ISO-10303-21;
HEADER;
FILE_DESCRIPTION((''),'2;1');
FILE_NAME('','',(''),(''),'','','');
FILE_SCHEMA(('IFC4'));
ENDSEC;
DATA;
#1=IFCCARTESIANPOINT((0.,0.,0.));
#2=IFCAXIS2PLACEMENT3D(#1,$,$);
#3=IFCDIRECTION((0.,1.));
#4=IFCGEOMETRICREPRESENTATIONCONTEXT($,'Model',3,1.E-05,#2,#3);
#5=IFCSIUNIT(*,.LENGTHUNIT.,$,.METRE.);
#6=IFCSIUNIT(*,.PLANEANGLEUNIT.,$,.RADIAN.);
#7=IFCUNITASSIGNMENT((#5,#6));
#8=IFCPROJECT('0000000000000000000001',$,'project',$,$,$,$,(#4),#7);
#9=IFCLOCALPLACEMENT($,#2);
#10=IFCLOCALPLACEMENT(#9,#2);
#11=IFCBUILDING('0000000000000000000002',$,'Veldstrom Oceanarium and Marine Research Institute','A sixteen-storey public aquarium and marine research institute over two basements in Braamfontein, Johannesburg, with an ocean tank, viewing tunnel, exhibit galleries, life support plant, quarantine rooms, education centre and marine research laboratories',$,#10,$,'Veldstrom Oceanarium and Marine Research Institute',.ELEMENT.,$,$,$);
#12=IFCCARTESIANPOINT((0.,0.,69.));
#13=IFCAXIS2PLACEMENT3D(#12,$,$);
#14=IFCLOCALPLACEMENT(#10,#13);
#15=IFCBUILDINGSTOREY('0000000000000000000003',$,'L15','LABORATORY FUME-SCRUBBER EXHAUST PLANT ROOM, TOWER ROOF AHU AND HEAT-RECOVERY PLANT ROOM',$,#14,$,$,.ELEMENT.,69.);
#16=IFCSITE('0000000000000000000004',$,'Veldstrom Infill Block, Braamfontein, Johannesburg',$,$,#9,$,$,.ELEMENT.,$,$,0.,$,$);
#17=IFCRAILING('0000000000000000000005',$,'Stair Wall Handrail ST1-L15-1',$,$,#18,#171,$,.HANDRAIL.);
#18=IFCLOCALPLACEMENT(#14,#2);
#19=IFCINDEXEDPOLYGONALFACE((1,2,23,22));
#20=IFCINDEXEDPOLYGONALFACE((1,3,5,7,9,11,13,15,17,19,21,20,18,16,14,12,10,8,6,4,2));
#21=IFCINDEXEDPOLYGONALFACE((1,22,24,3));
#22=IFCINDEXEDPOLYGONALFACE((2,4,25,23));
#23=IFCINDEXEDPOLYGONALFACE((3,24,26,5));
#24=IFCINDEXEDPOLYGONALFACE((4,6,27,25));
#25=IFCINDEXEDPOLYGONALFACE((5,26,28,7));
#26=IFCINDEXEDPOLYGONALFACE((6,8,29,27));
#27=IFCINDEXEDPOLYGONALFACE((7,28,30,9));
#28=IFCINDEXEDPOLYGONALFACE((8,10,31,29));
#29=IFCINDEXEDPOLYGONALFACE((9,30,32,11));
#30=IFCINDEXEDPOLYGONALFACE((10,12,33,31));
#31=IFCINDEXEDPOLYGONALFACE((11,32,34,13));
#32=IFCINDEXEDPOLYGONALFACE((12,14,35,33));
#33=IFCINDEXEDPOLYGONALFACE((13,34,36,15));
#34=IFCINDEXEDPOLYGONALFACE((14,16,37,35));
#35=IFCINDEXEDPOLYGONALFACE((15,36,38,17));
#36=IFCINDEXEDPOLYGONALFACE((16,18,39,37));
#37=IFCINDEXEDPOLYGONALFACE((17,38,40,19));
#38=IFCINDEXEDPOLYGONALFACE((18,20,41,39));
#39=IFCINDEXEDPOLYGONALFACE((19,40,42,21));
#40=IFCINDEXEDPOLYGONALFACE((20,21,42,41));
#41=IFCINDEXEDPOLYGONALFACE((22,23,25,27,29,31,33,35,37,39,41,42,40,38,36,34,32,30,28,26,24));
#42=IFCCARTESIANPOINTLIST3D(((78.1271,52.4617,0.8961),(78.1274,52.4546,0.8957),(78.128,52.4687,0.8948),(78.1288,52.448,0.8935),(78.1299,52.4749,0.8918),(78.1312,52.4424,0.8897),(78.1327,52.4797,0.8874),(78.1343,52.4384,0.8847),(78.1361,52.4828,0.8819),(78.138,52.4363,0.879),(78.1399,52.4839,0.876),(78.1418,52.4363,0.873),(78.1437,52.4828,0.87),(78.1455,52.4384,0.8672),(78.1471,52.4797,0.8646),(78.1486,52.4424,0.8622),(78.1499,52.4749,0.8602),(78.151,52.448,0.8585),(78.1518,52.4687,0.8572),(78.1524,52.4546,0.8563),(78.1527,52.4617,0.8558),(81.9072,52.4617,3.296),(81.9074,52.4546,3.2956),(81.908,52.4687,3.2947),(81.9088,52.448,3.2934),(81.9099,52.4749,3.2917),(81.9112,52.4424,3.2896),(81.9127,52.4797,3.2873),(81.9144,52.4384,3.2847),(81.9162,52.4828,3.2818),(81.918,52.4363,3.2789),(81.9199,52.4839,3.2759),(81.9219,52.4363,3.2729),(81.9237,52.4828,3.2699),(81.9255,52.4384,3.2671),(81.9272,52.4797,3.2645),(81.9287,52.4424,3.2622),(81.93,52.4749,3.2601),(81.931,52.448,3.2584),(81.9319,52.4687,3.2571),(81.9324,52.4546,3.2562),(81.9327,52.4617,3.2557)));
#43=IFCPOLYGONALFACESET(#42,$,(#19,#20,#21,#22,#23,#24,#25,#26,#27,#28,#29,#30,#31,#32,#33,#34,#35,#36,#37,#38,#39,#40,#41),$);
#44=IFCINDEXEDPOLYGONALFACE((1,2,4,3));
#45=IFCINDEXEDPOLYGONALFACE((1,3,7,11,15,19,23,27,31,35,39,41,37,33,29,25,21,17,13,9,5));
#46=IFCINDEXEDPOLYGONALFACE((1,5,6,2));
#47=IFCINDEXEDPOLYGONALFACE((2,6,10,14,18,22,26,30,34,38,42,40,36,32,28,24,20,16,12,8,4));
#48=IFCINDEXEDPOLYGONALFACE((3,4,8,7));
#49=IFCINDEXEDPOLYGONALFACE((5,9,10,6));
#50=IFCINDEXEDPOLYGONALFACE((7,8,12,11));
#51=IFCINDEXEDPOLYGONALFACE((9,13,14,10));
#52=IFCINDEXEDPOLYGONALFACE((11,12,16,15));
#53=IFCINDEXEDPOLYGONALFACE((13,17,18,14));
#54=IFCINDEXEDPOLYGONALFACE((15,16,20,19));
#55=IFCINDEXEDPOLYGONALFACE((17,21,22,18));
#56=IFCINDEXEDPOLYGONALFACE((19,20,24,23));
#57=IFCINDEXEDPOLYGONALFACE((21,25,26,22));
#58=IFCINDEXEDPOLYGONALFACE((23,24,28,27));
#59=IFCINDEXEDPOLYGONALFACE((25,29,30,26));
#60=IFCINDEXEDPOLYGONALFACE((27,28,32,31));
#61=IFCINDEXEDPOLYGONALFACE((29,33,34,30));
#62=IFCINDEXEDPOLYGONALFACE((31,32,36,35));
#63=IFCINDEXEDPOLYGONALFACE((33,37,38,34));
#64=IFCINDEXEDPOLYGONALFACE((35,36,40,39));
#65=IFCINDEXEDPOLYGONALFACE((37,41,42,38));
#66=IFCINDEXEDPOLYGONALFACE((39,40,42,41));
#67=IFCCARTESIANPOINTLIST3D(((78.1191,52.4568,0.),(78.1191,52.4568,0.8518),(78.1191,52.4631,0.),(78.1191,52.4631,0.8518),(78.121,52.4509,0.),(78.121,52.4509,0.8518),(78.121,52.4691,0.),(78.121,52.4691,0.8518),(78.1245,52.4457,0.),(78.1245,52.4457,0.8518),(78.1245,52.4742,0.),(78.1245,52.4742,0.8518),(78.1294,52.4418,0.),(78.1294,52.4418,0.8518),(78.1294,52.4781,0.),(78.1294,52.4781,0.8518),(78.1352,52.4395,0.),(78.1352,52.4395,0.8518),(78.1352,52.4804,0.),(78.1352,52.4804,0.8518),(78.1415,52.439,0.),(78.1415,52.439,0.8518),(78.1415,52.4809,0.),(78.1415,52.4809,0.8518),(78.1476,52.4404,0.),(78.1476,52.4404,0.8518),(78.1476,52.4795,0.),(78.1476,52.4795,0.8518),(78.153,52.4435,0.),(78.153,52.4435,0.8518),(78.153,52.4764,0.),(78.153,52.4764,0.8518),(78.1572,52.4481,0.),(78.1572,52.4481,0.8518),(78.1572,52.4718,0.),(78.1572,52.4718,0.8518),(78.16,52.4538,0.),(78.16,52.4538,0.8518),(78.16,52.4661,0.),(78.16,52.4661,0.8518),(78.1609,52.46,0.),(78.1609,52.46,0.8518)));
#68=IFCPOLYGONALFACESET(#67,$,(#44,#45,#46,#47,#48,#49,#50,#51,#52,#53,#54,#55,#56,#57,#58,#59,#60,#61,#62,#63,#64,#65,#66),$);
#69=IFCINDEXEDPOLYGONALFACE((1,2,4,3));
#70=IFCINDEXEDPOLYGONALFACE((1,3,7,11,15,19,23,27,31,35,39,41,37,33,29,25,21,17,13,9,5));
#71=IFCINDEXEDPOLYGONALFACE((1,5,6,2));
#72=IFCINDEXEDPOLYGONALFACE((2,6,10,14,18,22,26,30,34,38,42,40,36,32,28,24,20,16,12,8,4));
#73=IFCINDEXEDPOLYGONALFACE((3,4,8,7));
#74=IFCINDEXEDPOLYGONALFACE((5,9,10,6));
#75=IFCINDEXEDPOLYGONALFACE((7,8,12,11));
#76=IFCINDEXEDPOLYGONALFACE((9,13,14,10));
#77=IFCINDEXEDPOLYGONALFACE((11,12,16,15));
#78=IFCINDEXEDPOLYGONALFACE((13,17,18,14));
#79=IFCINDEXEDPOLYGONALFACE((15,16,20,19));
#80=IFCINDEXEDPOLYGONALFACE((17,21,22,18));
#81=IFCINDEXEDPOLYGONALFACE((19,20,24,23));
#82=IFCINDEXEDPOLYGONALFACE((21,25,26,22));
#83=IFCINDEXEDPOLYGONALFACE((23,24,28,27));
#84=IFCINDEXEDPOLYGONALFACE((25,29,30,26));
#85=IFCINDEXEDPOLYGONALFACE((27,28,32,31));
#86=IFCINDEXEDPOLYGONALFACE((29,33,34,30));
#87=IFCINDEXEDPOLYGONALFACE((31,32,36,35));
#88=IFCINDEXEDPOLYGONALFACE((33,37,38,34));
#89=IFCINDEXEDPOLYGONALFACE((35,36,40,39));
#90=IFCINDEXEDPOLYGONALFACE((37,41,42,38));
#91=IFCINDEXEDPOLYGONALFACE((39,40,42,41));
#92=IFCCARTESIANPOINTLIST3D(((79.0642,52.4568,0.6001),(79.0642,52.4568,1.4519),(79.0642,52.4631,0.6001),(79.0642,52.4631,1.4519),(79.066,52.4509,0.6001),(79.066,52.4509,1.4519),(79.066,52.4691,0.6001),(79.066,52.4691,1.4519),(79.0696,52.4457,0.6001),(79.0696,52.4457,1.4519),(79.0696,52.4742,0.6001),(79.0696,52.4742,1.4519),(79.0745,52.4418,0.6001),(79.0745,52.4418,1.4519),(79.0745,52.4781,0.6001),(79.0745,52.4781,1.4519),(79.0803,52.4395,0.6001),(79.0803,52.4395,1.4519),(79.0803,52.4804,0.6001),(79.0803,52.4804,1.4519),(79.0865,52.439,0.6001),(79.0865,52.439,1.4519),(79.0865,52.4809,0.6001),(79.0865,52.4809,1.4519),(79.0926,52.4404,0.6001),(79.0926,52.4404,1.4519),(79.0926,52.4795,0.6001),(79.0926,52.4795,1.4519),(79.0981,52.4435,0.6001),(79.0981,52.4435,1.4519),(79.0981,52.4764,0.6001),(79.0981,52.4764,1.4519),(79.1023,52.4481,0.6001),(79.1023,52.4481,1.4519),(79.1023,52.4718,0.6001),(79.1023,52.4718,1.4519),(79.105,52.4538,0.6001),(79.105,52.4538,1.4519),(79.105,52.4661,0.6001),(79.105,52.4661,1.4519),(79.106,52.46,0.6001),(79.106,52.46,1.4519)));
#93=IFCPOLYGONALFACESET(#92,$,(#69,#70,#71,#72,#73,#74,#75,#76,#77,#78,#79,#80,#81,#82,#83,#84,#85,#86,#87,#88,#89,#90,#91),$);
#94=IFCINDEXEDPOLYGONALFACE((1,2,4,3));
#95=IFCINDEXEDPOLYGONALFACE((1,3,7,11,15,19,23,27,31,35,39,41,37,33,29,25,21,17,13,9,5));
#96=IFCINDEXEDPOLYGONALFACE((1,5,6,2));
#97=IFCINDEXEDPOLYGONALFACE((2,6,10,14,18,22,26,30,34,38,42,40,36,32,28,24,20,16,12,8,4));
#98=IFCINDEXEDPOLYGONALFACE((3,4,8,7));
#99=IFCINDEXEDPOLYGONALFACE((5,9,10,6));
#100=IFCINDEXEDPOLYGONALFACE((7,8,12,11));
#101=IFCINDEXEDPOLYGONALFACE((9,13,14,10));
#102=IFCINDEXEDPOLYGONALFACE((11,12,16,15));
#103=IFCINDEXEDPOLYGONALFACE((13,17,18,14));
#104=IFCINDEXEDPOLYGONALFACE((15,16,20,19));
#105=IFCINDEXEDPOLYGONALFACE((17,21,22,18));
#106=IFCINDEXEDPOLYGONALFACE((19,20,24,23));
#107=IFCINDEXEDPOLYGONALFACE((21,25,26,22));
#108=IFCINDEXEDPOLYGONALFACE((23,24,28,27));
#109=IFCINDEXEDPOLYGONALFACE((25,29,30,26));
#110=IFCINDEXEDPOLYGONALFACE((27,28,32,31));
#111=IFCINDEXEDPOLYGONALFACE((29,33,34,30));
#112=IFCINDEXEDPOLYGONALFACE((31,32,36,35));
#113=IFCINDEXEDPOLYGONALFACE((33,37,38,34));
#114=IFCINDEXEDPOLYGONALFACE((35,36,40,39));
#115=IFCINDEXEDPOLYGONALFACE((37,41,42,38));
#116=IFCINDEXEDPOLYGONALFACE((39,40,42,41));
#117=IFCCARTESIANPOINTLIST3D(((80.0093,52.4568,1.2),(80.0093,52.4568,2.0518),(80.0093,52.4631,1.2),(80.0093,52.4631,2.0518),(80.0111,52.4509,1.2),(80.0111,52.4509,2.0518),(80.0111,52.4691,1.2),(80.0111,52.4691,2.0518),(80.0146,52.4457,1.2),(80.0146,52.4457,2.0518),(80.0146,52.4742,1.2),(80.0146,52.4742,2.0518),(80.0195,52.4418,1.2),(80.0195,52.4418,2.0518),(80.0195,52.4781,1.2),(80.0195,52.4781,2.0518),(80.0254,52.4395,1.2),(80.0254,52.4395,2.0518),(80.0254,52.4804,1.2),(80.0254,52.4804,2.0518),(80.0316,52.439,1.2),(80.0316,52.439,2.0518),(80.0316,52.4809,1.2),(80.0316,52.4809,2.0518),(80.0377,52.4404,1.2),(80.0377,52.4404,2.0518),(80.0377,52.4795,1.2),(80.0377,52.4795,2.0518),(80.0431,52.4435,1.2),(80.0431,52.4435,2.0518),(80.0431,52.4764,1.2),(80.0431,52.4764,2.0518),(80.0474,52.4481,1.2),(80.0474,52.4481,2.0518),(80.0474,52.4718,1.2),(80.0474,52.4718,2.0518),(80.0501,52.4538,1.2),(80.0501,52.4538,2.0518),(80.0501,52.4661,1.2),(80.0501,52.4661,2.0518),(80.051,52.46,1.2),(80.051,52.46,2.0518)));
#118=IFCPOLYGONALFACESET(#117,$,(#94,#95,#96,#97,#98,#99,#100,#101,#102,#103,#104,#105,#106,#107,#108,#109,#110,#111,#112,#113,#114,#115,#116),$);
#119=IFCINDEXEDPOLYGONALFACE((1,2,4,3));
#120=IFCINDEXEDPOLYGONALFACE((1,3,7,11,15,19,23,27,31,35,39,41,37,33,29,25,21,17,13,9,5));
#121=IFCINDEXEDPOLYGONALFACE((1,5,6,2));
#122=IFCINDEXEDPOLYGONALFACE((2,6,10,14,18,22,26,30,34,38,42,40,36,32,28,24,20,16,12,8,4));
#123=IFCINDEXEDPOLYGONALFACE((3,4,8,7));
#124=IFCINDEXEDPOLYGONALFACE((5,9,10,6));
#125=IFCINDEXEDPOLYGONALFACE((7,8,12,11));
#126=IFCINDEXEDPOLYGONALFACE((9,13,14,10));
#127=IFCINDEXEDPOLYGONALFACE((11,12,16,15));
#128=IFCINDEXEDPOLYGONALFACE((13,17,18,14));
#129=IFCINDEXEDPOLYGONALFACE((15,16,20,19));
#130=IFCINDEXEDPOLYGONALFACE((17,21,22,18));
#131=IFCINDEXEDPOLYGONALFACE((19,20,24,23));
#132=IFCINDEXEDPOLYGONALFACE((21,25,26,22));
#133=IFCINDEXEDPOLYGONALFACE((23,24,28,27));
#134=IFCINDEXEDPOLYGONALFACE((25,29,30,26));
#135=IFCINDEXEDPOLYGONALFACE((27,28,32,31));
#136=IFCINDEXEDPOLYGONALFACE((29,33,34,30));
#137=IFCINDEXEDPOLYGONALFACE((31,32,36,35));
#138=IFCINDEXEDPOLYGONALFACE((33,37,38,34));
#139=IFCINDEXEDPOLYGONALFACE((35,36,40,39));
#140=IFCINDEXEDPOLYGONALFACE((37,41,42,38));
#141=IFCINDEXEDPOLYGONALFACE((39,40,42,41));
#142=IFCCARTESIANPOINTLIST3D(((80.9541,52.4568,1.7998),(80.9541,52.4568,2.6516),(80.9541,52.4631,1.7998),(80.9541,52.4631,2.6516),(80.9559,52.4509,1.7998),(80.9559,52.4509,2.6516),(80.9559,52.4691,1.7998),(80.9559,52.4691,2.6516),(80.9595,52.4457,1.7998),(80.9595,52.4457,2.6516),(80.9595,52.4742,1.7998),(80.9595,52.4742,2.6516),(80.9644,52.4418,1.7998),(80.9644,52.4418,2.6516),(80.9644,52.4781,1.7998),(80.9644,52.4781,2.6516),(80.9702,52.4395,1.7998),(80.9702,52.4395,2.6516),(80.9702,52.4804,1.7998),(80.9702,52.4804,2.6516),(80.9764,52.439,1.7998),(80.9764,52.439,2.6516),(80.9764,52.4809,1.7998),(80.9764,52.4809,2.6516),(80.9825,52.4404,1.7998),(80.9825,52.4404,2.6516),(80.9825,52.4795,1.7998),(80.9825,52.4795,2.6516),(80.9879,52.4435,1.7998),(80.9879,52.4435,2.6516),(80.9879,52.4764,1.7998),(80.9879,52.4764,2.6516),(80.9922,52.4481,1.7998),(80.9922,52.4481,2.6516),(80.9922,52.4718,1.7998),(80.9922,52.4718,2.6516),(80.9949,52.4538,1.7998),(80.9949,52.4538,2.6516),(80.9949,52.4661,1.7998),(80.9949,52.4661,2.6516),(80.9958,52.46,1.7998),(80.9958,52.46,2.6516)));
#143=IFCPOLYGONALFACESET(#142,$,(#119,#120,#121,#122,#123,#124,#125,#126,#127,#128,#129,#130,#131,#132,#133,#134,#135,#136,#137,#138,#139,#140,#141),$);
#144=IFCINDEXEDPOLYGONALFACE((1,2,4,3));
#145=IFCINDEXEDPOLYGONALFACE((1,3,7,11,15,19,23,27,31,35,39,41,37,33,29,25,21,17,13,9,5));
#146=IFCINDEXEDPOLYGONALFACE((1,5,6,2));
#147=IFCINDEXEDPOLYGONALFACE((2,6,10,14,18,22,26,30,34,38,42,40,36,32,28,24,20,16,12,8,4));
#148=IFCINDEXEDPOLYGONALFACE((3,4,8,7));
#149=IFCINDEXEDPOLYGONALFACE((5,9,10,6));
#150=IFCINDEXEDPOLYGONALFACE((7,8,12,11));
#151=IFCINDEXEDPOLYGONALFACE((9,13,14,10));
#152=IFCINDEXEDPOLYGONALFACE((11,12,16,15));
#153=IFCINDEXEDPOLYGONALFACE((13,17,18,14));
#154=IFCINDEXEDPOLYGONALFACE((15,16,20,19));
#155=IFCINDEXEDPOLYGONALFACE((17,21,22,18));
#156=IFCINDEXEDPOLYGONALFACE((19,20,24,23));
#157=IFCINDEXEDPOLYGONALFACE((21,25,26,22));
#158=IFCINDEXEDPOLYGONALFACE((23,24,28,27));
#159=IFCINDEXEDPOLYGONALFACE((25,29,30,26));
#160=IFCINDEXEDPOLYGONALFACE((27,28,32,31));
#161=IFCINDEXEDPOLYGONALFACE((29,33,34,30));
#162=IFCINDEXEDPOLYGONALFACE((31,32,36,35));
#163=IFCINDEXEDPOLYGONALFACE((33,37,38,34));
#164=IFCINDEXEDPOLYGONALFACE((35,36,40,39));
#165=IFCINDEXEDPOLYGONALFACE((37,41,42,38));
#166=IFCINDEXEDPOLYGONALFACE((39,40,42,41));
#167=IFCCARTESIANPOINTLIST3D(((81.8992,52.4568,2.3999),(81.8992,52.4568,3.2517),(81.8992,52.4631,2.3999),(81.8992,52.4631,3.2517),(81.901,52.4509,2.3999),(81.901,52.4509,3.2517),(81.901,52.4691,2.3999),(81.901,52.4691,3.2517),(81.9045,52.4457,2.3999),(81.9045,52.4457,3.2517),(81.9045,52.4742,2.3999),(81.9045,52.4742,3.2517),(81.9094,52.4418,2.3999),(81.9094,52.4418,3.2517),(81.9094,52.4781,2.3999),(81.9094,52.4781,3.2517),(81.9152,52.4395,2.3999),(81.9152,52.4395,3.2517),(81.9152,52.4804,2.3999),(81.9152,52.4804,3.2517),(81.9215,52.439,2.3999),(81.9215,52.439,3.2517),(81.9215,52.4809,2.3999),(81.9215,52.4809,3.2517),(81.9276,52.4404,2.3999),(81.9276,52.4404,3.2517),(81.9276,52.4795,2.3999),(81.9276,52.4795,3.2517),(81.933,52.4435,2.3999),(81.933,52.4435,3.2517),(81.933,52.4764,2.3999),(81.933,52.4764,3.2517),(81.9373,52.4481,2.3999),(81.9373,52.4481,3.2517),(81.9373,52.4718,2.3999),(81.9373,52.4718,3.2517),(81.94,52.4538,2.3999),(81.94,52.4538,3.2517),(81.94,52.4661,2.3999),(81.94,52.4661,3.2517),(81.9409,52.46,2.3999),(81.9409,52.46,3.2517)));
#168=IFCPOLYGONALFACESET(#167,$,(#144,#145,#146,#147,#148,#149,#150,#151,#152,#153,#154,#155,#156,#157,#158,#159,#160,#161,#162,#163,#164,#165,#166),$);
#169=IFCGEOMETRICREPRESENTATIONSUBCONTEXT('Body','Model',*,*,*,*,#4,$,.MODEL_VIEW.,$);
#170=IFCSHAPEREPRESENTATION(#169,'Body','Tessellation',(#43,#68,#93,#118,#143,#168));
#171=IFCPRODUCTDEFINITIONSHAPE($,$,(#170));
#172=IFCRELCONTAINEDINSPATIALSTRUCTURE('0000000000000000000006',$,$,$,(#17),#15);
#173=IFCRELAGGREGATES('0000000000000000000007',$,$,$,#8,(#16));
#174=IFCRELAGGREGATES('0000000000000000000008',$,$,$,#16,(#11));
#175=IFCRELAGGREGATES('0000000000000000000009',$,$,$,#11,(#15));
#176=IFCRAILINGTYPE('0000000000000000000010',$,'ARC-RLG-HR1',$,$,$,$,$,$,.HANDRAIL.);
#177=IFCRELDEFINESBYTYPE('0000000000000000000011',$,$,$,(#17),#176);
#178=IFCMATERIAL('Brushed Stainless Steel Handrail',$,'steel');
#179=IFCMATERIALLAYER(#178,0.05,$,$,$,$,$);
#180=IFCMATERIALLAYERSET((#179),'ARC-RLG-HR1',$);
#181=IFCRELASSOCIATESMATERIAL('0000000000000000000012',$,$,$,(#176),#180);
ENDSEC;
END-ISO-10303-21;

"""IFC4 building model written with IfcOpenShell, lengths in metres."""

from ifc_helpers import new_model, si_unit, direction, frame, origin, origin_2d, place, context, subcontext, project, spatial, circle, extrude, material, layer, layer_set, type_object, element, save


model = new_model("IFC4")

# Units and contexts
model_context = context("Model", 3, precision=1e-05, world=origin(), true_north=direction((0.0, 1.0)))
body_context = subcontext(model_context, "Body", "Model", "MODEL_VIEW")
ifc_project = project(units=[si_unit("LENGTHUNIT", "METRE"), si_unit("PLANEANGLEUNIT", "RADIAN")], contexts=[model_context])

# Site, building, storey
site_placement = place(None, origin())
site = spatial("IfcSite", under=ifc_project, at=site_placement, Name="Veldstrom Infill Block, Braamfontein, Johannesburg", CompositionType="ELEMENT", RefElevation=0.0)
building_placement = place(site_placement, origin())
building = spatial("IfcBuilding", under=site, at=building_placement, Name="Veldstrom Oceanarium and Marine Research Institute", Description="A sixteen-storey public aquarium and marine research institute over two basements in Braamfontein, Johannesburg, with an ocean tank, viewing tunnel, exhibit galleries, life support plant, quarantine rooms, education centre and marine research laboratories", LongName="Veldstrom Oceanarium and Marine Research Institute", CompositionType="ELEMENT")
storey_placement = place(building_placement, frame((0.0, 0.0, 69.0)))
storey = spatial("IfcBuildingStorey", under=building, at=storey_placement, Name="L15", Description="LABORATORY FUME-SCRUBBER EXHAUST PLANT ROOM, TOWER ROOF AHU AND HEAT-RECOVERY PLANT ROOM", CompositionType="ELEMENT", Elevation=69.0)

# Railing
ifc_material_1 = material(Name="Brushed Stainless Steel Handrail", Category="steel")
ifc_layer_1 = layer(ifc_material_1, 0.05)
ifc_layer_set_1 = layer_set([ifc_layer_1], Name="ARC-RLG-HR1")
railing_type_1 = type_object("IfcRailingType", Name="ARC-RLG-HR1", PredefinedType="HANDRAIL", material=ifc_layer_set_1)
railing_1_placement = place(storey_placement, frame((78.1399, 52.46, 0.0)))
element("IfcRailing", 1, at=railing_1_placement, inside=storey, type_object=railing_type_1, Name="Stair Wall Handrail ST1-L15-1", PredefinedType="HANDRAIL", context=body_context, shape_type="SweptSolid", body=[
    extrude(circle(Radius=0.0239, at=origin_2d()), frame((0.0, 0.0, 0.876), z_axis=(0.844225, 0.0, 0.53599), x_axis=(0.0, 1.0, 0.0)), (0.0, 0.0, 1.0), 4.4775),
    extrude(circle(Radius=0.021, at=origin_2d()), origin(), (0.0, 0.0, 1.0), 0.8518),
    extrude(circle(Radius=0.021, at=origin_2d()), frame((0.9451, 0.0, 0.6001)), (0.0, 0.0, 1.0), 0.8518),
    extrude(circle(Radius=0.021, at=origin_2d()), frame((1.8901, 0.0, 1.2)), (0.0, 0.0, 1.0), 0.8518),
    extrude(circle(Radius=0.021, at=origin_2d()), frame((2.835, 0.0, 1.7998)), (0.0, 0.0, 1.0), 0.8518),
    extrude(circle(Radius=0.021, at=origin_2d()), frame((3.78, 0.0, 2.3999)), (0.0, 0.0, 1.0), 0.8518),
])

save(model, "model.ifc")
